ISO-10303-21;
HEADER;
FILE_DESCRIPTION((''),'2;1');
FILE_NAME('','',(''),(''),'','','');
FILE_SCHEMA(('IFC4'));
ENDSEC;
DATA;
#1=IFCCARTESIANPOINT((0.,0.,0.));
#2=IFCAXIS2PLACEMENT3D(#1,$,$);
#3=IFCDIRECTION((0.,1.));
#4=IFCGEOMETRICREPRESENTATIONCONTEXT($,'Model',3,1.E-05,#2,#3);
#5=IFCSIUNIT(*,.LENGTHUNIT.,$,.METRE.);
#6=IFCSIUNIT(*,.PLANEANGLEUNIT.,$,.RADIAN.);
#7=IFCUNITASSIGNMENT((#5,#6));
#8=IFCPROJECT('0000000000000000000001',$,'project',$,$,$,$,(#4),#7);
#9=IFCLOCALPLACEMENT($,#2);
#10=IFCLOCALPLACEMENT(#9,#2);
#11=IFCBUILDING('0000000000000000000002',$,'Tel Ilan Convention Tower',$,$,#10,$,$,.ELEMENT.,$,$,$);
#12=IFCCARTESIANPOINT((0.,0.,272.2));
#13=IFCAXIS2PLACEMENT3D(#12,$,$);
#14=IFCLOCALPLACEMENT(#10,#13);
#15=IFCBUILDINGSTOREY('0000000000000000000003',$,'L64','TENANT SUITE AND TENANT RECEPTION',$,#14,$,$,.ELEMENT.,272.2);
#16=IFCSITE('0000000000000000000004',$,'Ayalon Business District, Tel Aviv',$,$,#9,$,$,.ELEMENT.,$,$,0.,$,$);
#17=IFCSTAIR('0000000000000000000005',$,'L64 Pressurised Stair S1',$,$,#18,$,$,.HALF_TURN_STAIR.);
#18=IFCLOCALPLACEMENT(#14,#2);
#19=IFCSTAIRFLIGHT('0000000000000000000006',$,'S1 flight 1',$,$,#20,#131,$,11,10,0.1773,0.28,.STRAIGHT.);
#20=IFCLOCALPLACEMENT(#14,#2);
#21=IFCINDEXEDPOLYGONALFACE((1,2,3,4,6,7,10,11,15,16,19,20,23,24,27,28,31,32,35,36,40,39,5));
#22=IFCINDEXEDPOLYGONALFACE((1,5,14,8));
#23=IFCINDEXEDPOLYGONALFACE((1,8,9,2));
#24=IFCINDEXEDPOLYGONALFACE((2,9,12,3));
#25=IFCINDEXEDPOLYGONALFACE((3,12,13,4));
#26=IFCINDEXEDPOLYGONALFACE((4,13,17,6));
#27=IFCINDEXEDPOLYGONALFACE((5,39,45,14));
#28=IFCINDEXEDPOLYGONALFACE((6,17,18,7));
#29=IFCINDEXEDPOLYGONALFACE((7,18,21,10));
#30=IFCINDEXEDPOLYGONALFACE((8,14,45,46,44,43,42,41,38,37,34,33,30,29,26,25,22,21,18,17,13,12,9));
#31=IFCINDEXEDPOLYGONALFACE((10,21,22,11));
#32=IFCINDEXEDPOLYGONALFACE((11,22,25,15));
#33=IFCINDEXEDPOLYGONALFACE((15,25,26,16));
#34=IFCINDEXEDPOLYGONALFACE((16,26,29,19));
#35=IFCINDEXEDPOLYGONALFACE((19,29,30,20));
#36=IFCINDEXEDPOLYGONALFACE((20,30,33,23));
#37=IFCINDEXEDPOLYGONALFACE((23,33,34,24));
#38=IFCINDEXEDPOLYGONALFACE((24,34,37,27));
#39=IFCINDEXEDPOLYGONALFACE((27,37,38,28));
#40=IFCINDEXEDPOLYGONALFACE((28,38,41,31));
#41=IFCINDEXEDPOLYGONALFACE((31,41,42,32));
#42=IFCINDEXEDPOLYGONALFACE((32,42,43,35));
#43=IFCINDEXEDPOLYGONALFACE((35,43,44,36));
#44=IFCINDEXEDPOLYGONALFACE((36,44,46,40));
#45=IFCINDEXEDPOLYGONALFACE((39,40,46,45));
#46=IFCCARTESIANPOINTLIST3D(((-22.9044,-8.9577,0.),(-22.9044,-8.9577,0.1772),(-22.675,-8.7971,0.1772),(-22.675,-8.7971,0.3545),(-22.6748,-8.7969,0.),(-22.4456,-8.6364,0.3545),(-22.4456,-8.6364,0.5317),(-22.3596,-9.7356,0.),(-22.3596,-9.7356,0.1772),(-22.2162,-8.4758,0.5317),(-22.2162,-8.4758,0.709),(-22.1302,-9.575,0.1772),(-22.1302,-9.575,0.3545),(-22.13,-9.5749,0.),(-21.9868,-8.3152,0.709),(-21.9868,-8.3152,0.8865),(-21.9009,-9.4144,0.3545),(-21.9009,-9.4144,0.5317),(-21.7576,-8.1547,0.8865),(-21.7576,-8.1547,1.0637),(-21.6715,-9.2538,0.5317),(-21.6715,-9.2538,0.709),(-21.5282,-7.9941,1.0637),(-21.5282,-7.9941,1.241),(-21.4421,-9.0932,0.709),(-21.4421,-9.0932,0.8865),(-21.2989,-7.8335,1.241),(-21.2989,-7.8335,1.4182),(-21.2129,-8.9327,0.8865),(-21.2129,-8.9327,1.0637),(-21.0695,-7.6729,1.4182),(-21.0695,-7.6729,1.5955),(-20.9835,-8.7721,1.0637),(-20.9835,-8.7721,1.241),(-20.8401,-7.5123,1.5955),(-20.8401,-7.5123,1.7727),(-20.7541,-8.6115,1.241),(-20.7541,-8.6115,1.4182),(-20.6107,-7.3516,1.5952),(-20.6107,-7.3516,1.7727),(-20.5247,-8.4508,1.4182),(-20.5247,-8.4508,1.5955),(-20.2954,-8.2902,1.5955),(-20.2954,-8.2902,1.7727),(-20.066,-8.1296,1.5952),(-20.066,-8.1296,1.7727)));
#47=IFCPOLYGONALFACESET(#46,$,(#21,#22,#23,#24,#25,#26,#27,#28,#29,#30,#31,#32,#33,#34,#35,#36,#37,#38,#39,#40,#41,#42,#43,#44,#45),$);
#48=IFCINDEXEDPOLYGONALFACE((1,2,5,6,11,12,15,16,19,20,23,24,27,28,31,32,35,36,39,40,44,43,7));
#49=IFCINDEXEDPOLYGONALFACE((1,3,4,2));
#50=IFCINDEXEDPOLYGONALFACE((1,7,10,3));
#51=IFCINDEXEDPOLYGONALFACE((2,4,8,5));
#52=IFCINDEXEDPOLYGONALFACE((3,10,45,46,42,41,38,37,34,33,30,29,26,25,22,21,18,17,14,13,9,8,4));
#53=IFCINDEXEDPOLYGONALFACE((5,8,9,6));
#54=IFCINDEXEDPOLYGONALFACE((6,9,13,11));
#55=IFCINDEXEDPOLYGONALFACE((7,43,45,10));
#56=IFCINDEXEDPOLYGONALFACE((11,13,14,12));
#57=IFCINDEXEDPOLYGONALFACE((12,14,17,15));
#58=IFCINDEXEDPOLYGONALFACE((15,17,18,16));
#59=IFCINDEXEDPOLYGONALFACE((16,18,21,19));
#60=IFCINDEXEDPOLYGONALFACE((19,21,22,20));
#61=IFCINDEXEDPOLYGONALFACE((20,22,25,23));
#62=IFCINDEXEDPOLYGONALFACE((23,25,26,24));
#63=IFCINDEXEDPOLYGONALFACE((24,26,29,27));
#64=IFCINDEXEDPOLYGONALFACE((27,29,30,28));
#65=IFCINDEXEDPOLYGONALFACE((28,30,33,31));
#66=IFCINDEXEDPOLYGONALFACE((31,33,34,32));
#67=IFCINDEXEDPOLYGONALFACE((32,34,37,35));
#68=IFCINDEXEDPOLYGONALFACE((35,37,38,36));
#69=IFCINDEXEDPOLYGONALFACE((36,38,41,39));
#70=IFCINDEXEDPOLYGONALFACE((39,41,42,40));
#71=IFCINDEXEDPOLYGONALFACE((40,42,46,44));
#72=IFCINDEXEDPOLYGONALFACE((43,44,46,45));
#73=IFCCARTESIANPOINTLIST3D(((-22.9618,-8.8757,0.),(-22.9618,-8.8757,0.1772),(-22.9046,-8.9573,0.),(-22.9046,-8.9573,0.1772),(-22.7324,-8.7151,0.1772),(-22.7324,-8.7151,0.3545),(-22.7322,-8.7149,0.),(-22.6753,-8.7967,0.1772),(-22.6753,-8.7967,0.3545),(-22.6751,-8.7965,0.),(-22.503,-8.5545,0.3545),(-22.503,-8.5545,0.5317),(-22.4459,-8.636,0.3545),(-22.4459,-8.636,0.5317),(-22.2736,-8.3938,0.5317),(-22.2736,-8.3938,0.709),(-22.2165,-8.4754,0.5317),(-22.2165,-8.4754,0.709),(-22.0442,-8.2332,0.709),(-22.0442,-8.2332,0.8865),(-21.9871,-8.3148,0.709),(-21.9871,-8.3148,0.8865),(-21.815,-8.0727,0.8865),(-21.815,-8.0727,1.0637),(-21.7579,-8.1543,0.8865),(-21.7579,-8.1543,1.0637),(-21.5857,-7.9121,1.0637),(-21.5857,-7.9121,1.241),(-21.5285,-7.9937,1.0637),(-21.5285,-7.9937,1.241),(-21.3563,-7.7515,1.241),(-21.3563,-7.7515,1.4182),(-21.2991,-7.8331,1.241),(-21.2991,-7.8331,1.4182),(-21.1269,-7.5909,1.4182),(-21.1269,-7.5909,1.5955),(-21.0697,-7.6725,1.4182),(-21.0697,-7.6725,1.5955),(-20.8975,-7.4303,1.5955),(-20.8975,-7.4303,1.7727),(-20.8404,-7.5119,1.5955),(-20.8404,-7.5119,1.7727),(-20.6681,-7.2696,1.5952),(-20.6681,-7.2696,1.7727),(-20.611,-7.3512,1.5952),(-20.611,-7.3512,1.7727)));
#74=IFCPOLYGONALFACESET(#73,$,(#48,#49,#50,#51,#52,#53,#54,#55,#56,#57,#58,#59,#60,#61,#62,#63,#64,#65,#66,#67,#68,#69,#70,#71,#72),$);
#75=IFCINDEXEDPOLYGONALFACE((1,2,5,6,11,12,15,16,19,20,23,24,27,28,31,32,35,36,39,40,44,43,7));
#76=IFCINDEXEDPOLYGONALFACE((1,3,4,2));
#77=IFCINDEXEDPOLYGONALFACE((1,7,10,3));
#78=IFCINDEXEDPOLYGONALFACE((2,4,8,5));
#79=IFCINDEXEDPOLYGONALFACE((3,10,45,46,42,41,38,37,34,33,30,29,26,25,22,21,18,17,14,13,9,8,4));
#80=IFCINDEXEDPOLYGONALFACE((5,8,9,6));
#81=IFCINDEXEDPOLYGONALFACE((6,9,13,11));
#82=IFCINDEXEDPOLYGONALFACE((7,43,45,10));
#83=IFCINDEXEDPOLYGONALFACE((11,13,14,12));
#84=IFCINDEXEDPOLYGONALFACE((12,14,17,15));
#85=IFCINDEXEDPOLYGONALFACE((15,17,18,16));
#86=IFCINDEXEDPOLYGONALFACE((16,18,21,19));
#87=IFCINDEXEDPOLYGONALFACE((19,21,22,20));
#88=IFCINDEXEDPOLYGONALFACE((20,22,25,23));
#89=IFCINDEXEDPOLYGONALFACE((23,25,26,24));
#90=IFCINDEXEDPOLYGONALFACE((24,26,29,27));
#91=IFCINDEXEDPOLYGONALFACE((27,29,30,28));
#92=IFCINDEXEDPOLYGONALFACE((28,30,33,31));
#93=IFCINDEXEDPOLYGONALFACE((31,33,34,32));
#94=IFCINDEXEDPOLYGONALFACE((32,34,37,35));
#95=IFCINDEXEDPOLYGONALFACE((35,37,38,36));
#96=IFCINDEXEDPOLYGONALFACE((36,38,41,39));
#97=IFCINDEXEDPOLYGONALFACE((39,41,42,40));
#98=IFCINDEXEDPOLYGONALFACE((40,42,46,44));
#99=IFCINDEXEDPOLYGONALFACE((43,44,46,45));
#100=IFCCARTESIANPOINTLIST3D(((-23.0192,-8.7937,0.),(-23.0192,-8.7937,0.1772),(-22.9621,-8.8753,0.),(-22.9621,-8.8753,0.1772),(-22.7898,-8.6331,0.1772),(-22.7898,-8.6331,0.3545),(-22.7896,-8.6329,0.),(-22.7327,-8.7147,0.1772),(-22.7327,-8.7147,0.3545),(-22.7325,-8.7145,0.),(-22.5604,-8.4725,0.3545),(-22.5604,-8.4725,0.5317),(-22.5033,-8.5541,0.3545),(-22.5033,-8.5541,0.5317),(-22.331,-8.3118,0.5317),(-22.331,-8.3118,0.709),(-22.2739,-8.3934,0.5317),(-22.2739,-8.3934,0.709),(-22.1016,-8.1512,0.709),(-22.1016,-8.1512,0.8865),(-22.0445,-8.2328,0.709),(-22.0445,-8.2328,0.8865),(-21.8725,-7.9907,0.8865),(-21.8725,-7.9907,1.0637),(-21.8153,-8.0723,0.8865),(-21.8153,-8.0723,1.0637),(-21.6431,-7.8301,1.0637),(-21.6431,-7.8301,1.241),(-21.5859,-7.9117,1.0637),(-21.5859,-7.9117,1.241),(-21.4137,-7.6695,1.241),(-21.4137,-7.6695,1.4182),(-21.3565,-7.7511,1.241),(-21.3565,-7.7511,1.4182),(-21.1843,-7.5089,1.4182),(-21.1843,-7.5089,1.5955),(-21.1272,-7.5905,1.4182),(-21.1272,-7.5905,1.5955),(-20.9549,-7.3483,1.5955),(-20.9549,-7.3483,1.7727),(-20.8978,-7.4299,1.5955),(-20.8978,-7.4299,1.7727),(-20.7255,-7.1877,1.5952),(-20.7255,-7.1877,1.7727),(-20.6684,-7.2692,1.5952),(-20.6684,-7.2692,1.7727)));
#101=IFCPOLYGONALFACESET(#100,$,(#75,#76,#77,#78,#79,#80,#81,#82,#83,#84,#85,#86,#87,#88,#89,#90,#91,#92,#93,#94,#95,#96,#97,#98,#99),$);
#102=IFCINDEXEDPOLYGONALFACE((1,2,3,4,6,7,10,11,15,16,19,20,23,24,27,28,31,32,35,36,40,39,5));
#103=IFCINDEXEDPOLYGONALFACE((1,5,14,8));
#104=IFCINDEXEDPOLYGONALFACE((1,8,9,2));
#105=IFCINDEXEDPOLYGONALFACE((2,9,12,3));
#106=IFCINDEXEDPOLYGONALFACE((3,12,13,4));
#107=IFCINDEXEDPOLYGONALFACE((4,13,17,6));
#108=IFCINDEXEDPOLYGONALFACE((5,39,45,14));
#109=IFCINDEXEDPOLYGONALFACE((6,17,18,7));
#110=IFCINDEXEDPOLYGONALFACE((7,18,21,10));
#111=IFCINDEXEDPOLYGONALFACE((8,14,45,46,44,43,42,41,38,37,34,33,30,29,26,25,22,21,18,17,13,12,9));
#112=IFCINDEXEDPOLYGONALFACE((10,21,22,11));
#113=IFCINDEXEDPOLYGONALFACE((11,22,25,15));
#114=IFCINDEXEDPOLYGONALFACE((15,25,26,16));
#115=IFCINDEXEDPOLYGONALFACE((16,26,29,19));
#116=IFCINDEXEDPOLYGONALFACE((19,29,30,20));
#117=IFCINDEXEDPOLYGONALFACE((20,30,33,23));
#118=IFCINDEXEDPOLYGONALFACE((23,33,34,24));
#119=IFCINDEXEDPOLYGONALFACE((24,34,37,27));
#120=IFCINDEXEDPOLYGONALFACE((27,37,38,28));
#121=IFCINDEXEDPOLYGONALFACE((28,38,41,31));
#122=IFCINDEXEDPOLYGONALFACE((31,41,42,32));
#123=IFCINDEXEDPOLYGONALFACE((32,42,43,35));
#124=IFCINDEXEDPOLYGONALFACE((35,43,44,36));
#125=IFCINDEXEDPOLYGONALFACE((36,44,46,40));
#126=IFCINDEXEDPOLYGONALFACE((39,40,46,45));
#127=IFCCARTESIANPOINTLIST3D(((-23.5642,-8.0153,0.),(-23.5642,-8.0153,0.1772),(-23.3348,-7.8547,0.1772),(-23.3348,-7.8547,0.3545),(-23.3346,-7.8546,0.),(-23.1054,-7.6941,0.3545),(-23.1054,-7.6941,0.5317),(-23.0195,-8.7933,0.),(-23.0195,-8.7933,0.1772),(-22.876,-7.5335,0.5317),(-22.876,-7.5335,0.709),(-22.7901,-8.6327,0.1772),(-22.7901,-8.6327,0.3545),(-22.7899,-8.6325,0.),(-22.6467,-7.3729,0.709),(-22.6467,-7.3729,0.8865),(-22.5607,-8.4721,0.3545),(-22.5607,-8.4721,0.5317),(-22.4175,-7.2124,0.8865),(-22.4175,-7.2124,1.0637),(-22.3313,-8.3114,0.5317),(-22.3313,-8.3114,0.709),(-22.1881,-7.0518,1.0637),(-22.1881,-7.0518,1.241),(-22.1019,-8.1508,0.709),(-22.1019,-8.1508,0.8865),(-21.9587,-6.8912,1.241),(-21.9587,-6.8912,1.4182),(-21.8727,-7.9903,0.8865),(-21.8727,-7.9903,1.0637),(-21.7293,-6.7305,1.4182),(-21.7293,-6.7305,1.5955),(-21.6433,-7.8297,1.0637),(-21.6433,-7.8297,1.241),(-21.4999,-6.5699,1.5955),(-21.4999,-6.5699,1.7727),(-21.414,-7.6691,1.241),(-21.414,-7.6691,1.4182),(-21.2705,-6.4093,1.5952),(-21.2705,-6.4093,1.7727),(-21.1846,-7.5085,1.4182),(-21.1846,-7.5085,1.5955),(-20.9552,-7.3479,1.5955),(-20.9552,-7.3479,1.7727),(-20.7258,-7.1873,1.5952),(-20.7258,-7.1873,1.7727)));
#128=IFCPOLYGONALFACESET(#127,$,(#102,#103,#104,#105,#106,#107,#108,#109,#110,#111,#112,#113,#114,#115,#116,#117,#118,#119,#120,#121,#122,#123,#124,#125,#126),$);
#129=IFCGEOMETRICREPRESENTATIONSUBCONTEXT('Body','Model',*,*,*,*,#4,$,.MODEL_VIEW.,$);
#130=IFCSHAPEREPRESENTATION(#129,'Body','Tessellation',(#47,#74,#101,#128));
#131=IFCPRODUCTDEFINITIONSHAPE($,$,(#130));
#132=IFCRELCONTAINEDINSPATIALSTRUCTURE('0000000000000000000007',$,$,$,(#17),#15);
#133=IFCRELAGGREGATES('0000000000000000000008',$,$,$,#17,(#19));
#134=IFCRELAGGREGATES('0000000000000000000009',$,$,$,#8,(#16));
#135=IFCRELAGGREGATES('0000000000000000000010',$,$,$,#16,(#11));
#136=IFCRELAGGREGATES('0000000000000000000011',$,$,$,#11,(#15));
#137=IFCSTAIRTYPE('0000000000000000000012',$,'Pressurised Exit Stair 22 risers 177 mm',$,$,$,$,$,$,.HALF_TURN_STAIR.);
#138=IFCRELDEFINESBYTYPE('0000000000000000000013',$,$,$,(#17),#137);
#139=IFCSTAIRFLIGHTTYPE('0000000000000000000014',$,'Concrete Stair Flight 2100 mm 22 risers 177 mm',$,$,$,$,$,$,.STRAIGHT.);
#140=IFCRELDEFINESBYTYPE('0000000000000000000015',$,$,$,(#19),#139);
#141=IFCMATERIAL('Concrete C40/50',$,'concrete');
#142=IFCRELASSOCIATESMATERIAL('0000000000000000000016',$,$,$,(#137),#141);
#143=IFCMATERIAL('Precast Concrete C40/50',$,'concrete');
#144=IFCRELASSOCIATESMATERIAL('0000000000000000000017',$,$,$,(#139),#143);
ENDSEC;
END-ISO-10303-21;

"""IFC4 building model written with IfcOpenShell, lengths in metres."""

from ifc_helpers import new_model, si_unit, direction, frame, origin, place, context, subcontext, project, spatial, polyline, outline, extrude, material, type_object, element, aggregate, save


model = new_model("IFC4")

# Units and contexts
model_context = context("Model", 3, precision=1e-05, world=origin(), true_north=direction((0.0, 1.0)))
body_context = subcontext(model_context, "Body", "Model", "MODEL_VIEW")
ifc_project = project(units=[si_unit("LENGTHUNIT", "METRE"), si_unit("PLANEANGLEUNIT", "RADIAN")], contexts=[model_context])

# Site, building, storey
site_placement = place(None, origin())
site = spatial("IfcSite", under=ifc_project, at=site_placement, Name="Ayalon Business District, Tel Aviv", CompositionType="ELEMENT", RefElevation=0.0)
building_placement = place(site_placement, origin())
building = spatial("IfcBuilding", under=site, at=building_placement, Name="Tel Ilan Convention Tower", CompositionType="ELEMENT")
storey_placement = place(building_placement, frame((0.0, 0.0, 272.2)))
storey = spatial("IfcBuildingStorey", under=building, at=storey_placement, Name="L64", Description="TENANT SUITE AND TENANT RECEPTION", CompositionType="ELEMENT", Elevation=272.2)

# Stair, stair flight
ifc_material_1 = material(Name="Concrete C40/50", Category="concrete")
stair_type = type_object("IfcStairType", Name="Pressurised Exit Stair 22 risers 177 mm", PredefinedType="HALF_TURN_STAIR", material=ifc_material_1)
stair_1_placement = place(storey_placement, origin())
stair_1 = element("IfcStair", 1, at=stair_1_placement, inside=storey, type_object=stair_type, Name="L64 Pressurised Stair S1", PredefinedType="HALF_TURN_STAIR")
ifc_material_2 = material(Name="Precast Concrete C40/50", Category="concrete")
stair_flight_type = type_object("IfcStairFlightType", Name="Concrete Stair Flight 2100 mm 22 risers 177 mm", PredefinedType="STRAIGHT", material=ifc_material_2)
stair_flight_1_placement = place(storey_placement, frame((-22.9619, -8.8755, 0.0), z_axis=(0.0, 0.0, 1.0), x_axis=(0.819152, 0.573576, 0.0)))
stair_flight_1 = element("IfcStairFlight", 2, at=stair_flight_1_placement, type_object=stair_flight_type, Name="S1 flight 1", NumberOfRisers=11, NumberOfTreads=10, PredefinedType="STRAIGHT", RiserHeight=0.1773, TreadLength=0.28, context=body_context, shape_type="SweptSolid", body=[
    extrude(outline(polyline([(0.0, 0.0), (0.0, 0.1772), (0.28, 0.1772), (0.28, 0.3545), (0.5601, 0.3545), (0.5601, 0.5317), (0.8401, 0.5317), (0.8401, 0.709), (1.1201, 0.709), (1.1201, 0.8865), (1.3999, 0.8865), (1.3999, 1.0637), (1.6799, 1.0637), (1.6799, 1.241), (1.96, 1.241), (1.96, 1.4182), (2.24, 1.4182), (2.24, 1.5955), (2.52, 1.5955), (2.52, 1.7727), (2.8, 1.7727), (2.8, 1.95), (2.8, 1.5952), (0.2803, 0.0), (0.0, 0.0)])), frame((0.0, -0.1003, 0.0), z_axis=(0.0, -1.0, 0.0), x_axis=(1.0, 0.0, 0.0)), (0.0, 0.0, 1.0), 0.9497),
    extrude(outline(polyline([(0.0, 0.0), (0.0, 0.1772), (0.28, 0.1772), (0.28, 0.3545), (0.5601, 0.3545), (0.5601, 0.5317), (0.8401, 0.5317), (0.8401, 0.709), (1.1201, 0.709), (1.1201, 0.8865), (1.3999, 0.8865), (1.3999, 1.0637), (1.6799, 1.0637), (1.6799, 1.241), (1.96, 1.241), (1.96, 1.4182), (2.24, 1.4182), (2.24, 1.5955), (2.52, 1.5955), (2.52, 1.7727), (2.8, 1.7727), (2.8, 1.95), (2.8, 1.5952), (0.2803, 0.0), (0.0, 0.0)])), frame((0.0, -0.0002, 0.0), z_axis=(0.0, -1.0, 0.0), x_axis=(1.0, 0.0, 0.0)), (0.0, 0.0, 1.0), 0.0996),
    extrude(outline(polyline([(0.0, 0.0), (0.0, 0.1772), (0.28, 0.1772), (0.28, 0.3545), (0.5601, 0.3545), (0.5601, 0.5317), (0.8401, 0.5317), (0.8401, 0.709), (1.1201, 0.709), (1.1201, 0.8865), (1.3999, 0.8865), (1.3999, 1.0637), (1.6799, 1.0637), (1.6799, 1.241), (1.96, 1.241), (1.96, 1.4182), (2.24, 1.4182), (2.24, 1.5955), (2.52, 1.5955), (2.52, 1.7727), (2.8, 1.7727), (2.8, 1.95), (2.8, 1.5952), (0.2803, 0.0), (0.0, 0.0)])), frame((0.0, 0.0999, 0.0), z_axis=(0.0, -1.0, 0.0), x_axis=(1.0, 0.0, 0.0)), (0.0, 0.0, 1.0), 0.0996),
    extrude(outline(polyline([(0.0, 0.0), (0.0, 0.1772), (0.28, 0.1772), (0.28, 0.3545), (0.5601, 0.3545), (0.5601, 0.5317), (0.8401, 0.5317), (0.8401, 0.709), (1.1201, 0.709), (1.1201, 0.8865), (1.3999, 0.8865), (1.3999, 1.0637), (1.6799, 1.0637), (1.6799, 1.241), (1.96, 1.241), (1.96, 1.4182), (2.24, 1.4182), (2.24, 1.5955), (2.52, 1.5955), (2.52, 1.7727), (2.8, 1.7727), (2.8, 1.95), (2.8, 1.5952), (0.2803, 0.0), (0.0, 0.0)])), frame((0.0, 1.05, 0.0), z_axis=(0.0, -1.0, 0.0), x_axis=(1.0, 0.0, 0.0)), (0.0, 0.0, 1.0), 0.9497),
])
aggregate(stair_1, [stair_flight_1])

save(model, "model.ifc")
